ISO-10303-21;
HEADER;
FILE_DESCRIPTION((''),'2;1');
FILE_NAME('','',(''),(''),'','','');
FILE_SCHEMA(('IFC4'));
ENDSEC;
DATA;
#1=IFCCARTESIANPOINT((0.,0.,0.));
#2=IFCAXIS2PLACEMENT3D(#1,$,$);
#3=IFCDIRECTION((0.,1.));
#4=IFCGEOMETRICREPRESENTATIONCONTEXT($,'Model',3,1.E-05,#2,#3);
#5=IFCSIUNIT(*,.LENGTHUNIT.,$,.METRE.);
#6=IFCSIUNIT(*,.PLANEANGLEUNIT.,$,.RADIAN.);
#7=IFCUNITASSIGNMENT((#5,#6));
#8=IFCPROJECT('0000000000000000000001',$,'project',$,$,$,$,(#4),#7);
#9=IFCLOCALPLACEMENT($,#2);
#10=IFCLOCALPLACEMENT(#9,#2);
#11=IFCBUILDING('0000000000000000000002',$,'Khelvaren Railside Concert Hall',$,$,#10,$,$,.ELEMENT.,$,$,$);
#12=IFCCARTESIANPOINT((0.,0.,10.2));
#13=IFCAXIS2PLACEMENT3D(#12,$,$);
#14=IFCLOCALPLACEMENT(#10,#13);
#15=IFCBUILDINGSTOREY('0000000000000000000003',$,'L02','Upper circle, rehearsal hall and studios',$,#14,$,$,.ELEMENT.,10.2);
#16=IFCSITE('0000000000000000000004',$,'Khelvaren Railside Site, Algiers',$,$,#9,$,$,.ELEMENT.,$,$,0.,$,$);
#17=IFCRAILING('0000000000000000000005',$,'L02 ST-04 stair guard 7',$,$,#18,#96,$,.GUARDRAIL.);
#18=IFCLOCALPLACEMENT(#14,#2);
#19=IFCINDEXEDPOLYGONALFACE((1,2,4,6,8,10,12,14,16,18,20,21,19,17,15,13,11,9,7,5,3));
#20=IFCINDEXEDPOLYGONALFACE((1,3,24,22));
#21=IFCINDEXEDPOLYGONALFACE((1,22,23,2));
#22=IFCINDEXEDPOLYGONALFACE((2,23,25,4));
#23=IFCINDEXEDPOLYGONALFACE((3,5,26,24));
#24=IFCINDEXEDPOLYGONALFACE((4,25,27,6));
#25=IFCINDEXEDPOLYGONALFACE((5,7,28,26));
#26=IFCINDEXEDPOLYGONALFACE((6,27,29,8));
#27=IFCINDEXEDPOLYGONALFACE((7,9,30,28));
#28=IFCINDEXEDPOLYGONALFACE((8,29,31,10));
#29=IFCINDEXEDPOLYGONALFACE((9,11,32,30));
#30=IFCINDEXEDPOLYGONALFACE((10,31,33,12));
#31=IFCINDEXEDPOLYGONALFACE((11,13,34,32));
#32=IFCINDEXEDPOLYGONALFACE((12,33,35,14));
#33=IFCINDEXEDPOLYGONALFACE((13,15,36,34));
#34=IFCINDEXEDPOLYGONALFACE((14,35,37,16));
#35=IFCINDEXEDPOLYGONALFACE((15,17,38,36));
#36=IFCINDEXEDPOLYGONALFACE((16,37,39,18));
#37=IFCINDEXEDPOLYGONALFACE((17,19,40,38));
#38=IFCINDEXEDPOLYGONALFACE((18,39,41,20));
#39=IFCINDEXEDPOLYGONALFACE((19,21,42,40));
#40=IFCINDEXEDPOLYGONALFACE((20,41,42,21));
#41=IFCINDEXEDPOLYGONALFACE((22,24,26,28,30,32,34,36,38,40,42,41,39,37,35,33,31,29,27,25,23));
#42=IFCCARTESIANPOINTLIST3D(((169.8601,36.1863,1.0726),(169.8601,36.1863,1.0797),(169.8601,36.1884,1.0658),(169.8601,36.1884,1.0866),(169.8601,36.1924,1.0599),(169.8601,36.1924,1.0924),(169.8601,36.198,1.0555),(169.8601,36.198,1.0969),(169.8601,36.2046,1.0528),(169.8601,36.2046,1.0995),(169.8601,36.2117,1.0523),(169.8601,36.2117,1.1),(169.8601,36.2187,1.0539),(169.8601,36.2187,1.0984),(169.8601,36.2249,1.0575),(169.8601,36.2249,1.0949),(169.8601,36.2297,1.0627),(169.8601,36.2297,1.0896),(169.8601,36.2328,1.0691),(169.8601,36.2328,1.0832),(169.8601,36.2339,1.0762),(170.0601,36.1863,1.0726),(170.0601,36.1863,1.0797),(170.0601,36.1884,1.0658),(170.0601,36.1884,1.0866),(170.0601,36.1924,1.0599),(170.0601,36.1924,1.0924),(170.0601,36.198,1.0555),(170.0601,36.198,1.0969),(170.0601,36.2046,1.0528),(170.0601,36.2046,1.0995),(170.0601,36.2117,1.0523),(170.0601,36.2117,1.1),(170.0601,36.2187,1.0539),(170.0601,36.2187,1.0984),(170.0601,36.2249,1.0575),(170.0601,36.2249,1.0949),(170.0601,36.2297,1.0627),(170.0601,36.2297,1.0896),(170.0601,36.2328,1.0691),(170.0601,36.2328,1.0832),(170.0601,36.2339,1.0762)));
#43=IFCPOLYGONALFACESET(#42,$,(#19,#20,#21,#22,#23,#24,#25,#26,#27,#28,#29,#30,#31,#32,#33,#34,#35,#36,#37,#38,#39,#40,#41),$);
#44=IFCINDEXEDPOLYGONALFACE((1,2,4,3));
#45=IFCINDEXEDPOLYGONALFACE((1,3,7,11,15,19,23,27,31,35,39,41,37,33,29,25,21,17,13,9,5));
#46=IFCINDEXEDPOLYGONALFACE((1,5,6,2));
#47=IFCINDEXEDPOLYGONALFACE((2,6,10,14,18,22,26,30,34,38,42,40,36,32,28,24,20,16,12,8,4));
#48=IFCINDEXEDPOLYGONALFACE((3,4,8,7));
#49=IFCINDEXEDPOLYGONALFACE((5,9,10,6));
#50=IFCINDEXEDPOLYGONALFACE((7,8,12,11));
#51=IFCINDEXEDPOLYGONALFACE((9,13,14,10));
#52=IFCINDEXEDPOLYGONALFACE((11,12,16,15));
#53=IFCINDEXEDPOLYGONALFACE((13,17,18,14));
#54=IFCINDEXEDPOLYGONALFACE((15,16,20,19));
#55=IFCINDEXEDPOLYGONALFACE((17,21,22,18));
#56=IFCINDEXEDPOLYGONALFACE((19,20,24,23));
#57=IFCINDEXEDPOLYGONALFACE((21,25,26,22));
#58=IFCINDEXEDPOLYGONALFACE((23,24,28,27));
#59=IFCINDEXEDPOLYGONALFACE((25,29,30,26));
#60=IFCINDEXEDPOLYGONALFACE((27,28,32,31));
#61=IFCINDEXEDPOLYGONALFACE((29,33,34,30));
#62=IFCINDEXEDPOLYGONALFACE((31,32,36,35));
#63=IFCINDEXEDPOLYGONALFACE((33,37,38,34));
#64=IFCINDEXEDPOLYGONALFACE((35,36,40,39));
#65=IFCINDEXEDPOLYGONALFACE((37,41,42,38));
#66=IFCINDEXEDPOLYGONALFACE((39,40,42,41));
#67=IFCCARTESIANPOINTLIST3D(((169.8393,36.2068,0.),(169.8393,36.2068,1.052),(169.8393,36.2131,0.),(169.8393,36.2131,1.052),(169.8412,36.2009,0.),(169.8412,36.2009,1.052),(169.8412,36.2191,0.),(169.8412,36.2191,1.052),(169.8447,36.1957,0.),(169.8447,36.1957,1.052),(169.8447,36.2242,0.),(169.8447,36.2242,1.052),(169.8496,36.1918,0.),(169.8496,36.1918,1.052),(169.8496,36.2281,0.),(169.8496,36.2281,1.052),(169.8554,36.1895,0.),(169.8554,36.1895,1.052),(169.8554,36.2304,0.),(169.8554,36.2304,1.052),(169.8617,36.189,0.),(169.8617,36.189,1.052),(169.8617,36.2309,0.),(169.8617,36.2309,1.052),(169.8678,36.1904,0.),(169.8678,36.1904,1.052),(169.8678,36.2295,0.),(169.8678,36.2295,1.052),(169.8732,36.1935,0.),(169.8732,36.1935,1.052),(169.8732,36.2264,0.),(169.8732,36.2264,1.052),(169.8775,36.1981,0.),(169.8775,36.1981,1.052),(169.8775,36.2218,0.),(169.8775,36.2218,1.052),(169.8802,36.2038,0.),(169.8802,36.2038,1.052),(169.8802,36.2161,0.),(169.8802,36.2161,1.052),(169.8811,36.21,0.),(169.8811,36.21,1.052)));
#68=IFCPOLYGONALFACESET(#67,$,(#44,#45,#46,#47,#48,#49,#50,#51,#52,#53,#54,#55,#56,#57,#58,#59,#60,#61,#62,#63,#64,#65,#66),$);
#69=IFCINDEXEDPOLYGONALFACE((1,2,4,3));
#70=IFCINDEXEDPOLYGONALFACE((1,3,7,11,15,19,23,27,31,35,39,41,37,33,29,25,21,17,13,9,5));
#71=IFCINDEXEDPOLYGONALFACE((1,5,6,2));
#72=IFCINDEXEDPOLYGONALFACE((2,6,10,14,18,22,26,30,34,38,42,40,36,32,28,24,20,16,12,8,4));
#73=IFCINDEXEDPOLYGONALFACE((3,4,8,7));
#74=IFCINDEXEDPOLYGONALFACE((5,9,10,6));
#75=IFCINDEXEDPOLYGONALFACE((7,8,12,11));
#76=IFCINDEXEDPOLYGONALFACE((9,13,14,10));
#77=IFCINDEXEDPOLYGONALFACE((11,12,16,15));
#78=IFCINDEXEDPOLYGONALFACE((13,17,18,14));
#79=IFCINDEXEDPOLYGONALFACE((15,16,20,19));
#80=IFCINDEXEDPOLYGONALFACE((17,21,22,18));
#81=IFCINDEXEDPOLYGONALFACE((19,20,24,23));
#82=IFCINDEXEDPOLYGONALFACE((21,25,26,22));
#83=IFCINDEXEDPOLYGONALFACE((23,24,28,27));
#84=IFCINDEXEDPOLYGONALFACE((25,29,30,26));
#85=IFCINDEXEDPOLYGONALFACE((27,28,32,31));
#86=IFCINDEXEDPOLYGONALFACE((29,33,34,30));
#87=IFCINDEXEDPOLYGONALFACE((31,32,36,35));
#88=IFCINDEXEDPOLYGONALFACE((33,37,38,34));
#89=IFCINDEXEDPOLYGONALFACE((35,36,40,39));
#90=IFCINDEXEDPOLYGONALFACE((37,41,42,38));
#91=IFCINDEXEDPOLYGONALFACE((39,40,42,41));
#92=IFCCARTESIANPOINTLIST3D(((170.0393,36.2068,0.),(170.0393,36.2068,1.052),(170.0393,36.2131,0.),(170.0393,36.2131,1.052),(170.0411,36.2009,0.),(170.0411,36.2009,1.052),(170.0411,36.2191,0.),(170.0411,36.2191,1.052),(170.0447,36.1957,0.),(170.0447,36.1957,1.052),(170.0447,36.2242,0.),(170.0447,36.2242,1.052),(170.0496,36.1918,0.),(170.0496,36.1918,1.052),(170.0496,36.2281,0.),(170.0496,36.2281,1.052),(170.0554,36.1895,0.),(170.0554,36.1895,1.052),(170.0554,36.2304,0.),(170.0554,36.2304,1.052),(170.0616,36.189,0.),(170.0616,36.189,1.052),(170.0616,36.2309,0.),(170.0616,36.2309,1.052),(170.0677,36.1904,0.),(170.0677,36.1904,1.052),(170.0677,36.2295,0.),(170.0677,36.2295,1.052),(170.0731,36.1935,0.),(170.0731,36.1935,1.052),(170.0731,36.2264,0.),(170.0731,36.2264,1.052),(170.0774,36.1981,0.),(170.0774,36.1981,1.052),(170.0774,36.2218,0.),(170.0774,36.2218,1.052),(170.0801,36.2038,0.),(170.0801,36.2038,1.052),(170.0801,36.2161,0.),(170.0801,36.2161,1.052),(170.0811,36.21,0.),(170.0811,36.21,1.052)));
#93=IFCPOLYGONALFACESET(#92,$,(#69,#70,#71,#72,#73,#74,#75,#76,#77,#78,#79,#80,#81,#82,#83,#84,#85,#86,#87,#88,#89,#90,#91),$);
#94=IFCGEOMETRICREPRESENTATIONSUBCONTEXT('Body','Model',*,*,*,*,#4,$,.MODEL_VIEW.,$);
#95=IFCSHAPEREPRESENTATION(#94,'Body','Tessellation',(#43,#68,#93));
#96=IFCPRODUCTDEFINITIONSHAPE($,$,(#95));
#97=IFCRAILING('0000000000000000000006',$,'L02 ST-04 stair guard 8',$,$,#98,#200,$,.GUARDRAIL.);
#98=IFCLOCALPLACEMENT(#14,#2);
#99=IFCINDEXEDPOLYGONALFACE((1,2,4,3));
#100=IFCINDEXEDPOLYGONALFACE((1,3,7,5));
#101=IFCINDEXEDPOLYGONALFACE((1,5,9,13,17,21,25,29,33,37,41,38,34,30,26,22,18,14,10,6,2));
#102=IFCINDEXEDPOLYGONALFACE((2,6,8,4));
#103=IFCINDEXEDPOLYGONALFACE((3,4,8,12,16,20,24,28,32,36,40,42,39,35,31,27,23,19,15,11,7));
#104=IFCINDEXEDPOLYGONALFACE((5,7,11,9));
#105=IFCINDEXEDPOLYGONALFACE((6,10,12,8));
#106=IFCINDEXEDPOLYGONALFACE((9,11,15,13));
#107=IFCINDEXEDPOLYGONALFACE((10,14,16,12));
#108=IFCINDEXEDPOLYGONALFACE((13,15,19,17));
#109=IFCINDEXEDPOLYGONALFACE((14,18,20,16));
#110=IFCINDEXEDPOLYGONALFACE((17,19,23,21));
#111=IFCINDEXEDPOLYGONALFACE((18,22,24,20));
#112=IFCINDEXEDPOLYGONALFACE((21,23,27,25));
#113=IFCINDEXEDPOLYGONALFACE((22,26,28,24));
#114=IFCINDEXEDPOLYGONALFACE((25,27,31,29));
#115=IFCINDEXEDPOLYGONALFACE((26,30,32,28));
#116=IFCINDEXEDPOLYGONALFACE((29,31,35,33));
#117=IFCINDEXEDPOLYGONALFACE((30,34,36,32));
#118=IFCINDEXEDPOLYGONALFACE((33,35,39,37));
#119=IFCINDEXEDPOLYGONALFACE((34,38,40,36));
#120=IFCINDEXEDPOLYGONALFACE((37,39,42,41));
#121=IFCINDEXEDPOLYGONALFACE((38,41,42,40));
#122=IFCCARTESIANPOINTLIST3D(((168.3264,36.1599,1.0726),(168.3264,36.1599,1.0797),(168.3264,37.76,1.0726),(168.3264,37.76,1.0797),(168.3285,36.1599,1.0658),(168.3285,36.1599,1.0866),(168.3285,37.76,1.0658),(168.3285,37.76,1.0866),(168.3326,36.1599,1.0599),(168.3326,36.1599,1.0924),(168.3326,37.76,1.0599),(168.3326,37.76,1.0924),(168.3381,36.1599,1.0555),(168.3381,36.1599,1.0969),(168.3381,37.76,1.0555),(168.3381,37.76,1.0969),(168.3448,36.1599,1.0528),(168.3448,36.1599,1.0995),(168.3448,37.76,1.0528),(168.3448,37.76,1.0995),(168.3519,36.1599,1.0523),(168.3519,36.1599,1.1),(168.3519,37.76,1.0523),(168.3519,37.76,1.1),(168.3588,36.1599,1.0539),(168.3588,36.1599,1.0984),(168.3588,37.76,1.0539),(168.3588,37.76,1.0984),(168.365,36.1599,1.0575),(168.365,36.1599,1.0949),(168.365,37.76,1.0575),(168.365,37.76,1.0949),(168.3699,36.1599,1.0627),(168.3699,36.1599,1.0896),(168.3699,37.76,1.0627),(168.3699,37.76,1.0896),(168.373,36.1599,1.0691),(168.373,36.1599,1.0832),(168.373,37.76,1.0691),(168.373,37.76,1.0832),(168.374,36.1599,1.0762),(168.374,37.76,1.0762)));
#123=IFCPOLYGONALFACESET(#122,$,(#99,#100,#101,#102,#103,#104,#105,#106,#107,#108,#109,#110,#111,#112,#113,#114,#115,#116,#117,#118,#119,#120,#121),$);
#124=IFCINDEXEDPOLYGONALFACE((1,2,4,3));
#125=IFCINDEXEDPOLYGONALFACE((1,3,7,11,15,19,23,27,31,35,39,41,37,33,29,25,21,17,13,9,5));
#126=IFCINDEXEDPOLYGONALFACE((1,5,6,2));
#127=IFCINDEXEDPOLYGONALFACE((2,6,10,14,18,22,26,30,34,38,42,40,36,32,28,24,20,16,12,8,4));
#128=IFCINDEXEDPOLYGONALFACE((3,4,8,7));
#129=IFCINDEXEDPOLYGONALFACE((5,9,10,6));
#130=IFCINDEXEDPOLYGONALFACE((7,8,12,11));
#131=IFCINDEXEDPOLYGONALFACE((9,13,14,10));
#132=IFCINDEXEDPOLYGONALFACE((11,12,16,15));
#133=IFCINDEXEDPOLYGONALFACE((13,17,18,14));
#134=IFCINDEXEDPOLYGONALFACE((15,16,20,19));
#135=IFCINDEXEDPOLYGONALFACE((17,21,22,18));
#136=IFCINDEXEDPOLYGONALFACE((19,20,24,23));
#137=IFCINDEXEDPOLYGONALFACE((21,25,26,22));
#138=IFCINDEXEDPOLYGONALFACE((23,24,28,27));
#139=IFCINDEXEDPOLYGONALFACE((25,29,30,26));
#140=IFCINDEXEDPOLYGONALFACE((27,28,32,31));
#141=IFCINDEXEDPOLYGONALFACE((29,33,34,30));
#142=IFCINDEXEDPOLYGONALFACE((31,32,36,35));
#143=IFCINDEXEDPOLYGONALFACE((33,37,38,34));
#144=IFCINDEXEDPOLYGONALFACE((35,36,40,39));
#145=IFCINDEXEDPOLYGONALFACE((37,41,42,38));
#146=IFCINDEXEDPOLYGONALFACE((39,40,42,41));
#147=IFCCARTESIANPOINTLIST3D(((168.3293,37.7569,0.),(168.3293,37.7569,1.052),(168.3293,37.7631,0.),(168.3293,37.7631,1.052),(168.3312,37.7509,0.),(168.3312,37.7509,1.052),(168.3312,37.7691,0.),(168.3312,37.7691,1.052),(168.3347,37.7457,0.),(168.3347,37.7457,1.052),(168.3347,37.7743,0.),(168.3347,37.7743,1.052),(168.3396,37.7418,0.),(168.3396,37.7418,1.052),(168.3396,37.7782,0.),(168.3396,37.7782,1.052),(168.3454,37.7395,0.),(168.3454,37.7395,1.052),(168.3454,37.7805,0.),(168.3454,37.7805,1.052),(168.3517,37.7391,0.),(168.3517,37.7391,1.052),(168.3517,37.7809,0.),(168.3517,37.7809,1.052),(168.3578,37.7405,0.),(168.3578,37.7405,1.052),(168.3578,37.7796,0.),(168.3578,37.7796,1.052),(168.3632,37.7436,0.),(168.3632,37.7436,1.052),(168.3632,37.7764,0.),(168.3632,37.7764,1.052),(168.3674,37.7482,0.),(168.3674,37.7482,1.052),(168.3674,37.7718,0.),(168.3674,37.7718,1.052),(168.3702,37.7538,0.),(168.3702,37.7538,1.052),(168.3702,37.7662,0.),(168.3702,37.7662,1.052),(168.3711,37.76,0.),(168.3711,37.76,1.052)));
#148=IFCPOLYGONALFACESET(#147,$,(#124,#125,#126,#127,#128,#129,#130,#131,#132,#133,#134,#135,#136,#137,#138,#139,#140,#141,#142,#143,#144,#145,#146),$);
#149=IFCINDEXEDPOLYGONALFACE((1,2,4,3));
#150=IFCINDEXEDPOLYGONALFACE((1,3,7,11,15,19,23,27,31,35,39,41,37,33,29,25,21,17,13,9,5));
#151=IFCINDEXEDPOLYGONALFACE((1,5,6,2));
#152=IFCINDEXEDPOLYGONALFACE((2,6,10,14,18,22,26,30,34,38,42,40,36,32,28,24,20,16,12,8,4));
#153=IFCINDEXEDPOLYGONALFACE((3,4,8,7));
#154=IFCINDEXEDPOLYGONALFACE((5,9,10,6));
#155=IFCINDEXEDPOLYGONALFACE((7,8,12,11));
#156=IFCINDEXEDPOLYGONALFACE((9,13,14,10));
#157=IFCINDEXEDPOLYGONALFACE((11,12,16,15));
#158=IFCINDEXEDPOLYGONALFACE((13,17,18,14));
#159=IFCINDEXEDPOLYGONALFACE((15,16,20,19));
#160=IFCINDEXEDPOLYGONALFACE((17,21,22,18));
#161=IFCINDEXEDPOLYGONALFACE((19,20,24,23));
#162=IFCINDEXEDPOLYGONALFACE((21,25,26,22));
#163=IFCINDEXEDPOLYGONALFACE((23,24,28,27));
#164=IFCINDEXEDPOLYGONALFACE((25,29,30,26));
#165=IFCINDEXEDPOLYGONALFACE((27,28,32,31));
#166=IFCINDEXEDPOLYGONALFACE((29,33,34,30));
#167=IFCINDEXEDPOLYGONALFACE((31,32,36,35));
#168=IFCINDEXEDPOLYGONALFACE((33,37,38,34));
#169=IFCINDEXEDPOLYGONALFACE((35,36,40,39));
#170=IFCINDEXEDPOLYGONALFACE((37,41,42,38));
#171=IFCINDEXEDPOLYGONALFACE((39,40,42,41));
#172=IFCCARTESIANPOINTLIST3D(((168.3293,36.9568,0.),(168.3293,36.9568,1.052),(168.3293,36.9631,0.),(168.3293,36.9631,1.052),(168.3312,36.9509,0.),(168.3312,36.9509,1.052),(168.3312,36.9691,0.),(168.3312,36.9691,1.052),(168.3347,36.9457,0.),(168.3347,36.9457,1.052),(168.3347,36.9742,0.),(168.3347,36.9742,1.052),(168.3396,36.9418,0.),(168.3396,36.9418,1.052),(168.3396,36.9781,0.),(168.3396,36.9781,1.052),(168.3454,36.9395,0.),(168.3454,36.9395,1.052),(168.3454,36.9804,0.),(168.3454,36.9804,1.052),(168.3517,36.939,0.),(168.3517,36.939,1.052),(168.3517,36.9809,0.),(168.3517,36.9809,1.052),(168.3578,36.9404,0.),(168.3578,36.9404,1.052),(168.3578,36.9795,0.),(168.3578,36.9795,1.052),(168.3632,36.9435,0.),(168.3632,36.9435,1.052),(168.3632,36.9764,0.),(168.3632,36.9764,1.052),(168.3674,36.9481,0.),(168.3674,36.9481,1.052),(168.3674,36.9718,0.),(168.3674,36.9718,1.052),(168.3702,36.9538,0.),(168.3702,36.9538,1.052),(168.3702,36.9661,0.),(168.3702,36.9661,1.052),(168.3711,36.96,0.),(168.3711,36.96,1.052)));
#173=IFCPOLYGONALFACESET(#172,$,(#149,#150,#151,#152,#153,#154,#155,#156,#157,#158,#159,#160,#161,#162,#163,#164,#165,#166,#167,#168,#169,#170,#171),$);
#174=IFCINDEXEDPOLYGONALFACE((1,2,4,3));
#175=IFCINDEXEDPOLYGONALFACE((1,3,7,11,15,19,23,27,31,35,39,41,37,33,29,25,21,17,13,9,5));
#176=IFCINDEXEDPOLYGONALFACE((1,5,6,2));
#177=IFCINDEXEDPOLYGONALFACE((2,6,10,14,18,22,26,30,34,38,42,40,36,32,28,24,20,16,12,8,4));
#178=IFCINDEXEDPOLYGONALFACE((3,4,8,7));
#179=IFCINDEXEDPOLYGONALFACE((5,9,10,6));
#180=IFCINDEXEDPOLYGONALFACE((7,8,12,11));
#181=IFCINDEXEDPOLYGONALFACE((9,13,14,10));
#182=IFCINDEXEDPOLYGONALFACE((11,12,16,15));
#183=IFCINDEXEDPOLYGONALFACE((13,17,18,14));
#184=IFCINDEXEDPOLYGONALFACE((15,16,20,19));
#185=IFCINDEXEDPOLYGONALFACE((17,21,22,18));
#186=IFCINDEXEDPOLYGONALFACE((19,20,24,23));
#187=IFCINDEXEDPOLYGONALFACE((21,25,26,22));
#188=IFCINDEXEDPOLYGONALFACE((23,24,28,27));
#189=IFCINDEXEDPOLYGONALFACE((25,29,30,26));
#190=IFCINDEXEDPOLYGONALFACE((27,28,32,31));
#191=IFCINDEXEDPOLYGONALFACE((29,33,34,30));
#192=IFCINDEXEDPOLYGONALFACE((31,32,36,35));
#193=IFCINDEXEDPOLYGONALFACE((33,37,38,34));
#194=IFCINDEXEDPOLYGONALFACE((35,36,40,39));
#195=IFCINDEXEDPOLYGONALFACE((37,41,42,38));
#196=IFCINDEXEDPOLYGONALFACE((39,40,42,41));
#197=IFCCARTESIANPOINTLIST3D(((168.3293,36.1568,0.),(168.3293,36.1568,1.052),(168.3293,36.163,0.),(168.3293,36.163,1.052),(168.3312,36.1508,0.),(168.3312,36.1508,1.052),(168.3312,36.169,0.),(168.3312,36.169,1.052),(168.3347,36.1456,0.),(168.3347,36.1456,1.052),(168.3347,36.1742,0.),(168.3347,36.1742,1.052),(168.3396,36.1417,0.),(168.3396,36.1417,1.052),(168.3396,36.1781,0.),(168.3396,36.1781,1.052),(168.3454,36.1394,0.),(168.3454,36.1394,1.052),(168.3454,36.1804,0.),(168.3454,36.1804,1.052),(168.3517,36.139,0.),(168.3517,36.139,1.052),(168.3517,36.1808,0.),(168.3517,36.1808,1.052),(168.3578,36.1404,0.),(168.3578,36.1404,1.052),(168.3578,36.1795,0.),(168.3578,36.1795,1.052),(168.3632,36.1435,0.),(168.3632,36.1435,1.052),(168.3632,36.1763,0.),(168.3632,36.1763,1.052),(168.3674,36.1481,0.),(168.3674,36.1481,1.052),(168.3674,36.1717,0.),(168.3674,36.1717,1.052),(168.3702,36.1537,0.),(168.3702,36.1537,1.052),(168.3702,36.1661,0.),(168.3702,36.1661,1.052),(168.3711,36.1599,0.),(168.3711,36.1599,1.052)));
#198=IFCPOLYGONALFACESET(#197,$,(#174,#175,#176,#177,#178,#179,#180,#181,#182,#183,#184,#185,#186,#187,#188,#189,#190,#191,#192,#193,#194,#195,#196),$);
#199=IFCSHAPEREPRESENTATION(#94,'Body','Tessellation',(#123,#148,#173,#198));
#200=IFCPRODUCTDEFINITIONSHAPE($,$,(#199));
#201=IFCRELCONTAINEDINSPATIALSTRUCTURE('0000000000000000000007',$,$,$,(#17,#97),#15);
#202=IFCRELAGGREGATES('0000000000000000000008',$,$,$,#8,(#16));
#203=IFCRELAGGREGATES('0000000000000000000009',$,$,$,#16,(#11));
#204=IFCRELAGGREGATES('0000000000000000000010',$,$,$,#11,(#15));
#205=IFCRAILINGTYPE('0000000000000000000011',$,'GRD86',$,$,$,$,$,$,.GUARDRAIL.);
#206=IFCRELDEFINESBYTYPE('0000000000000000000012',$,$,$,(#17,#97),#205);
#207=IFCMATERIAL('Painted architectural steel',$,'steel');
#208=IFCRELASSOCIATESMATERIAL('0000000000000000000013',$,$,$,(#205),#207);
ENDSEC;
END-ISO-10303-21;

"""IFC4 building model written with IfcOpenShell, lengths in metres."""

from ifc_helpers import new_model, si_unit, direction, frame, origin, origin_2d, place, context, subcontext, project, spatial, circle, extrude, material, type_object, element, save


model = new_model("IFC4")

# Units and contexts
model_context = context("Model", 3, precision=1e-05, world=origin(), true_north=direction((0.0, 1.0)))
body_context = subcontext(model_context, "Body", "Model", "MODEL_VIEW")
ifc_project = project(units=[si_unit("LENGTHUNIT", "METRE"), si_unit("PLANEANGLEUNIT", "RADIAN")], contexts=[model_context])

# Site, building, storey
site_placement = place(None, origin())
site = spatial("IfcSite", under=ifc_project, at=site_placement, Name="Khelvaren Railside Site, Algiers", CompositionType="ELEMENT", RefElevation=0.0)
building_placement = place(site_placement, origin())
building = spatial("IfcBuilding", under=site, at=building_placement, Name="Khelvaren Railside Concert Hall", CompositionType="ELEMENT")
storey_placement = place(building_placement, frame((0.0, 0.0, 10.2)))
storey = spatial("IfcBuildingStorey", under=building, at=storey_placement, Name="L02", Description="Upper circle, rehearsal hall and studios", CompositionType="ELEMENT", Elevation=10.2)

# Railings
ifc_material_1 = material(Name="Painted architectural steel", Category="steel")
railing_type_1 = type_object("IfcRailingType", Name="GRD86", PredefinedType="GUARDRAIL", material=ifc_material_1)
railing_1_placement = place(storey_placement, frame((169.8601, 36.21, 0.0)))
element("IfcRailing", 1, at=railing_1_placement, inside=storey, type_object=railing_type_1, Name="L02 ST-04 stair guard 7", PredefinedType="GUARDRAIL", context=body_context, shape_type="SweptSolid", body=[
    extrude(circle(Radius=0.0239, at=origin_2d()), frame((0.0, 0.0, 1.0762), z_axis=(1.0, 0.0, 0.0), x_axis=(0.0, 1.0, 0.0)), (0.0, 0.0, 1.0), 0.2),
    extrude(circle(Radius=0.021, at=origin_2d()), origin(), (0.0, 0.0, 1.0), 1.052),
    extrude(circle(Radius=0.021, at=origin_2d()), frame((0.2, 0.0, 0.0)), (0.0, 0.0, 1.0), 1.052),
])
for number, where, name in (
    (2, (168.3501, 37.76, 0.0), "L02 ST-04 stair guard 8"),
):
    element("IfcRailing", number, at=place(storey_placement, frame(where)), inside=storey, type_object=railing_type_1, Name=name, PredefinedType="GUARDRAIL", context=body_context, shape_type="SweptSolid", body=[
        extrude(circle(Radius=0.0239, at=origin_2d()), frame((0.0, 0.0, 1.0762), z_axis=(0.0, -1.0, 0.0), x_axis=(1.0, 0.0, 0.0)), (0.0, 0.0, 1.0), 1.6001),
        extrude(circle(Radius=0.021, at=origin_2d()), origin(), (0.0, 0.0, 1.0), 1.052),
        extrude(circle(Radius=0.021, at=origin_2d()), frame((0.0, -0.8, 0.0)), (0.0, 0.0, 1.0), 1.052),
        extrude(circle(Radius=0.021, at=origin_2d()), frame((0.0, -1.6001, 0.0)), (0.0, 0.0, 1.0), 1.052),
    ])

save(model, "model.ifc")
